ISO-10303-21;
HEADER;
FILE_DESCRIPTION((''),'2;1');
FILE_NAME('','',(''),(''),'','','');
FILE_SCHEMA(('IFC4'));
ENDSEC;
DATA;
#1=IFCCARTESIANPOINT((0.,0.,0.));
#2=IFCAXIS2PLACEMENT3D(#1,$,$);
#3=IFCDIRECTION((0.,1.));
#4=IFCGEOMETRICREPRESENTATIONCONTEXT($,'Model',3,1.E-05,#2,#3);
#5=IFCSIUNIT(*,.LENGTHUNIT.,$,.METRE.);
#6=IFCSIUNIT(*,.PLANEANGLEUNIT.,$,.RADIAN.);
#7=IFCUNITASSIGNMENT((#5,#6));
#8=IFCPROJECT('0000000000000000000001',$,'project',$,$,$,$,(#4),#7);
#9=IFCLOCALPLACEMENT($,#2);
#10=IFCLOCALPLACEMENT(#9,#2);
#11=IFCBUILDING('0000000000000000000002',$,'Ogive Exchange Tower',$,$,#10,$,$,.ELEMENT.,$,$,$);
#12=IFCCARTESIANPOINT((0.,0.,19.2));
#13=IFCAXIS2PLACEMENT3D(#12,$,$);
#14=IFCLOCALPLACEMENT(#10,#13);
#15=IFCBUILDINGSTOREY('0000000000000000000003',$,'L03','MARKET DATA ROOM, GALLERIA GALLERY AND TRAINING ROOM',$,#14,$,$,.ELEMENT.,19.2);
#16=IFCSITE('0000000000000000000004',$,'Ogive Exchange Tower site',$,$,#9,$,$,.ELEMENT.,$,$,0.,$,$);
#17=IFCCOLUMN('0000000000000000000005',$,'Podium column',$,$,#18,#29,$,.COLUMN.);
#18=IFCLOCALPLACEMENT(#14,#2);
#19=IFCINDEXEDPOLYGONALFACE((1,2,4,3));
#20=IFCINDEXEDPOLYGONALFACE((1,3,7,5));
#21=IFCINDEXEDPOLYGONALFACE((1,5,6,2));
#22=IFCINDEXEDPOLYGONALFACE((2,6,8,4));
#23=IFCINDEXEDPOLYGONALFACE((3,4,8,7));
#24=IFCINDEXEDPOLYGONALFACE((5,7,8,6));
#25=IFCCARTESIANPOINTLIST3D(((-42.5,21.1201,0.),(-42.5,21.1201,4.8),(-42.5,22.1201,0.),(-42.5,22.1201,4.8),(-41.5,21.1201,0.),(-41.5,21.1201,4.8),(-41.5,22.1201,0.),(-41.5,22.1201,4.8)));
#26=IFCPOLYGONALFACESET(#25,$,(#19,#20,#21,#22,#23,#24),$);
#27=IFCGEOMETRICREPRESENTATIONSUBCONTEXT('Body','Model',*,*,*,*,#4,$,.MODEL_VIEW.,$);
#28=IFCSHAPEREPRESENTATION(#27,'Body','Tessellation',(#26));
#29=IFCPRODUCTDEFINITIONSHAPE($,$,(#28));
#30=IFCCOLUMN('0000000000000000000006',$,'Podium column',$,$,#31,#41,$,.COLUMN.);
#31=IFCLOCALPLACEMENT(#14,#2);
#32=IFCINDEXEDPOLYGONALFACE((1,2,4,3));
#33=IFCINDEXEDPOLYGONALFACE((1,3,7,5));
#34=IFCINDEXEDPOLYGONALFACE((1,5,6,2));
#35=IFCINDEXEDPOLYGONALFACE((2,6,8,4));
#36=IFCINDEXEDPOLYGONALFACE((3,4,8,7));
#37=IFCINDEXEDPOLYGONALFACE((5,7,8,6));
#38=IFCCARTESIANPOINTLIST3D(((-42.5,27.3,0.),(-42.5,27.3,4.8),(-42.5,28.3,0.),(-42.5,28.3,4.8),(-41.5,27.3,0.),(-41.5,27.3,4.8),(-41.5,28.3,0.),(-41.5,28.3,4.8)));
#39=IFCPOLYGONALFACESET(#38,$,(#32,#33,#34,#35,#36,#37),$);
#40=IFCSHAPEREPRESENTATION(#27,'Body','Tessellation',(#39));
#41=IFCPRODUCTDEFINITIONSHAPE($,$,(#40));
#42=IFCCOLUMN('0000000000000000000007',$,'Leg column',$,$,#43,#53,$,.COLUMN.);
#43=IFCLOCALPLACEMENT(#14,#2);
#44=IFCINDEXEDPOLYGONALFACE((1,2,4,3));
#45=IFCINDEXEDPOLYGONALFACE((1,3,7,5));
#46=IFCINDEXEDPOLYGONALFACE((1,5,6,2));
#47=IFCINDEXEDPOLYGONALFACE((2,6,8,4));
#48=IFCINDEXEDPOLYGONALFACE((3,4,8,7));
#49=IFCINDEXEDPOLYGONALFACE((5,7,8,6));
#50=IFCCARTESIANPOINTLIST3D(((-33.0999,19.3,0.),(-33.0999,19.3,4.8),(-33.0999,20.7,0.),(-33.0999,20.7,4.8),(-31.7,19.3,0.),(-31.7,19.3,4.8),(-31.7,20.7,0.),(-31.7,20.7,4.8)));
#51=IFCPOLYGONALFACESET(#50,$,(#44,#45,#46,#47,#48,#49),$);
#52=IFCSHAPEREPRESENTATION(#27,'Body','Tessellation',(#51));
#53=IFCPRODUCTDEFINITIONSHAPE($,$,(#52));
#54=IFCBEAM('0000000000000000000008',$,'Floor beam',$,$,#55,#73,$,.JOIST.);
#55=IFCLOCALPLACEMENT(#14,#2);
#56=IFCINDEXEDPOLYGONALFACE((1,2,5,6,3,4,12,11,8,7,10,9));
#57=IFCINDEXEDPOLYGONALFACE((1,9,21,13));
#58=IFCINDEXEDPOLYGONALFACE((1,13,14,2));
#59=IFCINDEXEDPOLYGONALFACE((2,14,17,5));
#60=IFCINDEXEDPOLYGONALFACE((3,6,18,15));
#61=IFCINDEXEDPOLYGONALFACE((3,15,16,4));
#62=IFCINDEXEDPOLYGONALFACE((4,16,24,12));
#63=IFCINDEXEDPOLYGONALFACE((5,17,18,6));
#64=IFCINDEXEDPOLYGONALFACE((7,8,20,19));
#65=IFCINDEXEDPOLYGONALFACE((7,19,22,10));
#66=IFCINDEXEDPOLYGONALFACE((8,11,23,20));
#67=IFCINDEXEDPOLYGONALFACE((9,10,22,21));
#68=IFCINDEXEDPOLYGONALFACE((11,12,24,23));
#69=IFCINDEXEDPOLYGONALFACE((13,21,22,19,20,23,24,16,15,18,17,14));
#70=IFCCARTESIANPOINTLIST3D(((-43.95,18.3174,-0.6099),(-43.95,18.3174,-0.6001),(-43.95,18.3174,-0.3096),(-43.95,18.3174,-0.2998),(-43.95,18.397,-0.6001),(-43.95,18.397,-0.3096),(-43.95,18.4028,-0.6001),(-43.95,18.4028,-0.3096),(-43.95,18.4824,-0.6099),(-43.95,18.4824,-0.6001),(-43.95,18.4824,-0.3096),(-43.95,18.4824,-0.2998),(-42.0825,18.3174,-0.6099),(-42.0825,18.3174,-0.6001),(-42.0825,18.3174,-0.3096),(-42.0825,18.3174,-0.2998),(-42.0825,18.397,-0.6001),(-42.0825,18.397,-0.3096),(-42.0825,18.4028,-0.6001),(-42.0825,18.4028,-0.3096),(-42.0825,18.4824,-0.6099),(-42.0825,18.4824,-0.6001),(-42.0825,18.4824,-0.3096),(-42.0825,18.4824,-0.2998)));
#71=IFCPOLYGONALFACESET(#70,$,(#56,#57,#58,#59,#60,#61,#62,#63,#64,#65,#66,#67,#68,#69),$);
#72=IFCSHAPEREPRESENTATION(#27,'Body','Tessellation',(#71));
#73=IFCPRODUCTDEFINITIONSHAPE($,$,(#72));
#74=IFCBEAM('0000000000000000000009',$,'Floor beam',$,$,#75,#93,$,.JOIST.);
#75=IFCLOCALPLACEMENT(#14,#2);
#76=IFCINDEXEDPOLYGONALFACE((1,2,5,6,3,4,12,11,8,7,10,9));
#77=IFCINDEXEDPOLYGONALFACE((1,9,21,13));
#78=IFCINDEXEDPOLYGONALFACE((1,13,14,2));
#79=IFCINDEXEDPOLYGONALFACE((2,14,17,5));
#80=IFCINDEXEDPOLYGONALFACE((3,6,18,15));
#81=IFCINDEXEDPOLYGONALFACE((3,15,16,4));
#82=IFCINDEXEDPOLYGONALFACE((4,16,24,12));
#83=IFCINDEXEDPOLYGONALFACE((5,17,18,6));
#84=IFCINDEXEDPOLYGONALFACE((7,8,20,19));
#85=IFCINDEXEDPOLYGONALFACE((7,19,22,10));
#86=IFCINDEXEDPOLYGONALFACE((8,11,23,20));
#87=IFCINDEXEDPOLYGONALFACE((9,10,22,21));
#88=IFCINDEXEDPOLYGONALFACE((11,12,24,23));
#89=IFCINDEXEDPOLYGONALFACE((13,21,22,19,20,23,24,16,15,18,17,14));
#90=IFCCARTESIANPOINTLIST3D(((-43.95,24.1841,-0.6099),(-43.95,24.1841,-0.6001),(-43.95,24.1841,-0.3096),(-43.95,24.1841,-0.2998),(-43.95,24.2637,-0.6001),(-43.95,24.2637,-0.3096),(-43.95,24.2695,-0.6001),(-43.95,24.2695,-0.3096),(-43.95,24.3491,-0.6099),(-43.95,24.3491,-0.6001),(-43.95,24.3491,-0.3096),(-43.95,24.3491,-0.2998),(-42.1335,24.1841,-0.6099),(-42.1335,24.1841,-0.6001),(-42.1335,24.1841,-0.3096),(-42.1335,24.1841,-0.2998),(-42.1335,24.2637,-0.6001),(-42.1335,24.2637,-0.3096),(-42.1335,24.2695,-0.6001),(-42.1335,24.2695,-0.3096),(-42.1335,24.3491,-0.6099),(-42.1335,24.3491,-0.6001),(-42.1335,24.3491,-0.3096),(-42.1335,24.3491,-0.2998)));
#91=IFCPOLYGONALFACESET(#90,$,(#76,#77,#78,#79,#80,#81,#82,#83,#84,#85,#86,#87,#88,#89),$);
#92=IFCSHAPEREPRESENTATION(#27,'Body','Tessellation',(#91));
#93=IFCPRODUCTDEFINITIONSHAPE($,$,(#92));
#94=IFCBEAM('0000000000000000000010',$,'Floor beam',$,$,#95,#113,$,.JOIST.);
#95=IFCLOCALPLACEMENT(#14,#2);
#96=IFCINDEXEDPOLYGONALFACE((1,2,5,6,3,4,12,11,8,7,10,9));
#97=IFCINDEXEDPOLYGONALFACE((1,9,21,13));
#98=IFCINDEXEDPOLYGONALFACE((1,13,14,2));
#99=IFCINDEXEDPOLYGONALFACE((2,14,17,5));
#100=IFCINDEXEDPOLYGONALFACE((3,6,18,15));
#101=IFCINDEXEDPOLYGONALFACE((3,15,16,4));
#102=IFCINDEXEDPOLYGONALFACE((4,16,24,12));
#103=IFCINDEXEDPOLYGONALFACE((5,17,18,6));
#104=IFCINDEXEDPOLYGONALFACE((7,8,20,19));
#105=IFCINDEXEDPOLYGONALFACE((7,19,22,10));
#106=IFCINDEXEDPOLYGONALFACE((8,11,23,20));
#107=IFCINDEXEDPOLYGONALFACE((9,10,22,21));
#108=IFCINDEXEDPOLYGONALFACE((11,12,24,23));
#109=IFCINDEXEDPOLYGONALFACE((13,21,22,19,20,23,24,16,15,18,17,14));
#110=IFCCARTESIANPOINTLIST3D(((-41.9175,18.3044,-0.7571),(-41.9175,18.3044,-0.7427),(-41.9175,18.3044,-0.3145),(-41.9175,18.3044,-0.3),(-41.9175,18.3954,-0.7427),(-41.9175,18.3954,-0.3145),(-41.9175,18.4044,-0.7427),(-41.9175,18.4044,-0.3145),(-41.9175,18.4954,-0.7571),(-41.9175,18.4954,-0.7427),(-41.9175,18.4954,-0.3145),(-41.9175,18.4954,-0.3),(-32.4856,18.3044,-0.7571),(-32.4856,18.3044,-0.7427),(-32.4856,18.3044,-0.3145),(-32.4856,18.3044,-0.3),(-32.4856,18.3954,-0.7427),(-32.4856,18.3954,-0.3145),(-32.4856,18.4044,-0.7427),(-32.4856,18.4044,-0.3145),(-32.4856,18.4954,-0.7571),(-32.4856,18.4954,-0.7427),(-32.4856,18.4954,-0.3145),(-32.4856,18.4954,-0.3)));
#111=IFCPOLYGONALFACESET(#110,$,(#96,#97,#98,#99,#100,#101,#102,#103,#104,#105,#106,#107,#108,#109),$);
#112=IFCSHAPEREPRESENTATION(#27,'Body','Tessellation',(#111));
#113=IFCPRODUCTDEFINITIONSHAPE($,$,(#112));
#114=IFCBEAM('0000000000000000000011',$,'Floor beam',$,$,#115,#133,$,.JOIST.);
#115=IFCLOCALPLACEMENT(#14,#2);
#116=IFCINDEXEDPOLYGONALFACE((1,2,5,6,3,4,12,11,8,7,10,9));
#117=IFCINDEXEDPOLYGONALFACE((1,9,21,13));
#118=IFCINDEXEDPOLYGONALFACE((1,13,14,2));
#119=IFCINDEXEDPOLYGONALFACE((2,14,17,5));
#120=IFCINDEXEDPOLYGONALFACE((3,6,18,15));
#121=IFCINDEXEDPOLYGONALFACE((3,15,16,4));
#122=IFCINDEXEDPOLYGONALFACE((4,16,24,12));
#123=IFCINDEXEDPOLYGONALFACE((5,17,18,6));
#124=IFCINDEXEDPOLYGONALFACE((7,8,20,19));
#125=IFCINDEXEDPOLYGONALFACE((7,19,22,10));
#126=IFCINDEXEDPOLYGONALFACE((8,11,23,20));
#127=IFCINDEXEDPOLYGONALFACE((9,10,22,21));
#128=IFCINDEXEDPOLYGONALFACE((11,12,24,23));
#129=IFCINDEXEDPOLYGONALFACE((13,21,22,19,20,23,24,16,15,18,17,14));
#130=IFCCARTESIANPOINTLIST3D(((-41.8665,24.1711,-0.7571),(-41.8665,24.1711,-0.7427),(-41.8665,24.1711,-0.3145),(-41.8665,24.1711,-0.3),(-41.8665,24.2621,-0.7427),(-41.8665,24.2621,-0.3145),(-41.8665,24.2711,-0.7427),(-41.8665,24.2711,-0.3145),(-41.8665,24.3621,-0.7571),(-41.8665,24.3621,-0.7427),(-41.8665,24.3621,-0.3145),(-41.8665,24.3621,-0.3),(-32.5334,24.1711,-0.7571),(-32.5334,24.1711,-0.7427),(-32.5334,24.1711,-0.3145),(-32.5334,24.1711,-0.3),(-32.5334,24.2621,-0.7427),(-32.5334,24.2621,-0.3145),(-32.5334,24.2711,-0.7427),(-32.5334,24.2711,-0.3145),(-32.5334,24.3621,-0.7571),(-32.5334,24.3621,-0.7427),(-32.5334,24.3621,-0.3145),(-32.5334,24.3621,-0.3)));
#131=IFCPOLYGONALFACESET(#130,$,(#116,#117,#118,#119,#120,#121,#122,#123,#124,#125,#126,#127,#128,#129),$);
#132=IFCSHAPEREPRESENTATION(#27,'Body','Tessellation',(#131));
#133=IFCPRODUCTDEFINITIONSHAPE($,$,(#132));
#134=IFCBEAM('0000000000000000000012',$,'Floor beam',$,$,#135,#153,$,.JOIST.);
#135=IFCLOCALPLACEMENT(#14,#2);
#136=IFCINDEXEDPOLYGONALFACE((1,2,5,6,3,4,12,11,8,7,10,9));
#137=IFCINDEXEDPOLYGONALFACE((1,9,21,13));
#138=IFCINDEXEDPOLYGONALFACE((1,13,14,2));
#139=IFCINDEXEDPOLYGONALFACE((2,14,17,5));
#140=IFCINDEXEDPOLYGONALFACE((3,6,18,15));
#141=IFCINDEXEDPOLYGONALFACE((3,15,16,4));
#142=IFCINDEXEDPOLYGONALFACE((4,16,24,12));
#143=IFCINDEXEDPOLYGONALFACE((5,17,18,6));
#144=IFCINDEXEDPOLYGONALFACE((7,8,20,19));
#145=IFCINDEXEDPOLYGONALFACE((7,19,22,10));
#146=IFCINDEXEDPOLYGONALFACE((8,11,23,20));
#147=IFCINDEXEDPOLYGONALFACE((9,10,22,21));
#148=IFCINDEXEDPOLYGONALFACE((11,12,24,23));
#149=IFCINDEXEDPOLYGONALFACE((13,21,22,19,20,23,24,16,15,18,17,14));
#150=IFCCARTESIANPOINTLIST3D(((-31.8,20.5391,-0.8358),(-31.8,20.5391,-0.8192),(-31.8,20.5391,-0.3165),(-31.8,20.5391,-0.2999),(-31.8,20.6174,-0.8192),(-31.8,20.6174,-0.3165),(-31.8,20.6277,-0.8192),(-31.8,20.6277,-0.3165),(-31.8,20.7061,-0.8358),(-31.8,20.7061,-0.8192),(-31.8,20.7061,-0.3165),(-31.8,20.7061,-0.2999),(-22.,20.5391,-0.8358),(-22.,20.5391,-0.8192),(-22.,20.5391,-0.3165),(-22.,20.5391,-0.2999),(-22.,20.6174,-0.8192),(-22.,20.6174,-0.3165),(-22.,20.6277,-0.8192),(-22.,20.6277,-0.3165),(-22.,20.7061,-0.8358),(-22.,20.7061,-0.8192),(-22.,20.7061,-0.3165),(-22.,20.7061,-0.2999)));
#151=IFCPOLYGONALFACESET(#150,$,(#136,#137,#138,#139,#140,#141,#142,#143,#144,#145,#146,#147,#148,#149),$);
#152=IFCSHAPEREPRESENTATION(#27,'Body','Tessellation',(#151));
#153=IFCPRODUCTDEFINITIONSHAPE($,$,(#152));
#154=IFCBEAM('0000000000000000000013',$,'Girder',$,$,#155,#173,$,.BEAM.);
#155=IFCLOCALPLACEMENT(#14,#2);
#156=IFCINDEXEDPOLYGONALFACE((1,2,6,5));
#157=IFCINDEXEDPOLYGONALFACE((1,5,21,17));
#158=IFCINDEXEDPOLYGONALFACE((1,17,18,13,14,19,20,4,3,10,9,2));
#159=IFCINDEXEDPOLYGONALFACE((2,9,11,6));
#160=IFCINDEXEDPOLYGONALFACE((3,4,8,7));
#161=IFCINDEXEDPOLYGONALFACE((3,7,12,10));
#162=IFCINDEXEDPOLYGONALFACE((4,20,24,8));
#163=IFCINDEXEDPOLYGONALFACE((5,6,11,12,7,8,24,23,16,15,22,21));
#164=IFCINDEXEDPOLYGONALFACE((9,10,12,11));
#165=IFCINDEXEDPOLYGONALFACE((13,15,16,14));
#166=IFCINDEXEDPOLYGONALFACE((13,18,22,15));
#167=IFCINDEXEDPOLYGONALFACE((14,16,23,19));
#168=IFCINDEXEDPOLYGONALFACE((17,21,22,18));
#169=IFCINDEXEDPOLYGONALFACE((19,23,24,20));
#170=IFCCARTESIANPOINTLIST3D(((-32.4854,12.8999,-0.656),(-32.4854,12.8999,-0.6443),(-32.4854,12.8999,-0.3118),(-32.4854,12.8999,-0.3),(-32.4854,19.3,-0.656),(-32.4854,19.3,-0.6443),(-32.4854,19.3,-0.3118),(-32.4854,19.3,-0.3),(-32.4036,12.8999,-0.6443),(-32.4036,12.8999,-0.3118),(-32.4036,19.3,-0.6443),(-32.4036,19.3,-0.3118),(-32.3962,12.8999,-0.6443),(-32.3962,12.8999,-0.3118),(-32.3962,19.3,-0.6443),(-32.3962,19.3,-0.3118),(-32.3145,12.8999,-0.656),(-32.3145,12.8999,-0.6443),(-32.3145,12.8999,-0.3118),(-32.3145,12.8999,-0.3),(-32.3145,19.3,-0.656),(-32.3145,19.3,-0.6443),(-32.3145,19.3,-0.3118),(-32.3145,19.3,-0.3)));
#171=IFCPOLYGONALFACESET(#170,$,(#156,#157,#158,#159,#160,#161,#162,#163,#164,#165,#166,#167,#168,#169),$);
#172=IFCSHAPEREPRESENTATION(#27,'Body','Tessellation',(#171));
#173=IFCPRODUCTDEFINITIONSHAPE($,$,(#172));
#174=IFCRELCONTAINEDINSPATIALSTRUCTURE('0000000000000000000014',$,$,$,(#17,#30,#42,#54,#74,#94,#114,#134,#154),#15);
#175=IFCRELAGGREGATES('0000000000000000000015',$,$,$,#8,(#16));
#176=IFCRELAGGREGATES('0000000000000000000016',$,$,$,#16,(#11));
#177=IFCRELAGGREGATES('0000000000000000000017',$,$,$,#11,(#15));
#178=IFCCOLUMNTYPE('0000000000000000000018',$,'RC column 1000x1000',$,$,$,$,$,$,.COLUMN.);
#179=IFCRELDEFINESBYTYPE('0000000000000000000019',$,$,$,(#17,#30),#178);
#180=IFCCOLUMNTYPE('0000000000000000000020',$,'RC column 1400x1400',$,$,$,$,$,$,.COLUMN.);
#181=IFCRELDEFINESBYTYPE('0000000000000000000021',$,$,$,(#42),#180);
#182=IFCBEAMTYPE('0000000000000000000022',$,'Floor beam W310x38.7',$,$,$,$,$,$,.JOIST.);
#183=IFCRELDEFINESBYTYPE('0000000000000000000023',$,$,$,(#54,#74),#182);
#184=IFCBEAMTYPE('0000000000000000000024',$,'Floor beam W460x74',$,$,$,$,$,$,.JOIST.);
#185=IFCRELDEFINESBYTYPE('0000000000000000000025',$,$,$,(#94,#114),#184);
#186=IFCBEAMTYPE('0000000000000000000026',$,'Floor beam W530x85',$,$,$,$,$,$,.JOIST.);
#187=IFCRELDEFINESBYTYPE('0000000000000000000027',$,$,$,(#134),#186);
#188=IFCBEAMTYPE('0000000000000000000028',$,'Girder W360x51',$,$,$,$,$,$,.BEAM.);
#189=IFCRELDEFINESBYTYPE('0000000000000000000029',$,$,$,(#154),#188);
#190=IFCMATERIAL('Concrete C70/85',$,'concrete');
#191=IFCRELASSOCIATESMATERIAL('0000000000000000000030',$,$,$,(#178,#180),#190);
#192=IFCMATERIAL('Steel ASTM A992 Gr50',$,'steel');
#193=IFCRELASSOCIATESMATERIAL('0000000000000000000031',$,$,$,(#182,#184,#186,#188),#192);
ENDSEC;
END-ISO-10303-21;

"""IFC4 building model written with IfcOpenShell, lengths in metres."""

from ifc_helpers import new_model, si_unit, direction, frame, origin, origin_2d, place, context, subcontext, project, spatial, rectangle, i_section, extrude, material, material_profile, profile_set, type_object, element, save


model = new_model("IFC4")

# Units and contexts
model_context = context("Model", 3, precision=1e-05, world=origin(), true_north=direction((0.0, 1.0)))
body_context = subcontext(model_context, "Body", "Model", "MODEL_VIEW")
ifc_project = project(units=[si_unit("LENGTHUNIT", "METRE"), si_unit("PLANEANGLEUNIT", "RADIAN")], contexts=[model_context])

# Site, building, storey
site_placement = place(None, origin())
site = spatial("IfcSite", under=ifc_project, at=site_placement, Name="Ogive Exchange Tower site", CompositionType="ELEMENT", RefElevation=0.0)
building_placement = place(site_placement, origin())
building = spatial("IfcBuilding", under=site, at=building_placement, Name="Ogive Exchange Tower", CompositionType="ELEMENT")
storey_placement = place(building_placement, frame((0.0, 0.0, 19.2)))
storey = spatial("IfcBuildingStorey", under=building, at=storey_placement, Name="L03", Description="MARKET DATA ROOM, GALLERIA GALLERY AND TRAINING ROOM", CompositionType="ELEMENT", Elevation=19.2)

# Columns
ifc_material_1 = material(Name="Concrete C70/85", Category="concrete")
ifc_material_profile_1 = material_profile(ifc_material_1, rectangle(XDim=1.0, YDim=1.0, at=origin_2d()), Name="RC 1000x1000")
ifc_profile_set_1 = profile_set([ifc_material_profile_1], Name="Concrete C70/85")
column_type_1 = type_object("IfcColumnType", Name="RC column 1000x1000", PredefinedType="COLUMN", material=ifc_profile_set_1)
for number, where, z_axis, x_axis, name in (
    (1, (-42.0, 21.6201, 0.0), (0.0, 0.0, 1.0), (1.0, 0.0, 0.0), "Podium column"),
    (2, (-42.0, 27.8, 0.0), (0.0, 0.0, 1.0), (1.0, 0.0, 0.0), "Podium column"),
):
    element("IfcColumn", number, at=place(storey_placement, frame(where, z_axis=z_axis, x_axis=x_axis)), inside=storey, type_object=column_type_1, Name=name, PredefinedType="COLUMN", context=body_context, shape_type="SweptSolid", body=[
        extrude(rectangle(XDim=1.0, YDim=1.0, at=origin_2d()), origin(), (0.0, 0.0, 1.0), 4.8),
    ])
ifc_material_profile_2 = material_profile(ifc_material_1, rectangle(XDim=1.3999, YDim=1.3999, at=origin_2d()), Name="RC 1400x1400")
ifc_profile_set_2 = profile_set([ifc_material_profile_2], Name="Concrete C70/85")
column_type_2 = type_object("IfcColumnType", Name="RC column 1400x1400", PredefinedType="COLUMN", material=ifc_profile_set_2)
column_placement = place(storey_placement, frame((-32.3999, 20.0, 0.0), z_axis=(0.0, 0.0, 1.0), x_axis=(1.0, 0.0, 0.0)))
element("IfcColumn", 3, at=column_placement, inside=storey, type_object=column_type_2, Name="Leg column", PredefinedType="COLUMN", context=body_context, shape_type="SweptSolid", body=[
    extrude(rectangle(XDim=1.3999, YDim=1.3999, at=origin_2d()), origin(), (0.0, 0.0, 1.0), 4.8),
])

# Beams
ifc_material_2 = material(Name="Steel ASTM A992 Gr50", Category="steel")
ifc_material_profile_3 = material_profile(ifc_material_2, i_section(OverallWidth=0.165, OverallDepth=0.3101, WebThickness=0.0059, FlangeThickness=0.0098, at=origin_2d()), Name="W310x38.7")
ifc_profile_set_3 = profile_set([ifc_material_profile_3], Name="Steel ASTM A992 Gr50")
beam_type_1 = type_object("IfcBeamType", Name="Floor beam W310x38.7", PredefinedType="JOIST", material=ifc_profile_set_3)
beam_1_placement = place(storey_placement, frame((-43.95, 18.3999, -0.4548), z_axis=(1.0, 0.0, 0.0), x_axis=(0.0, 1.0, 0.0)))
element("IfcBeam", 4, at=beam_1_placement, inside=storey, type_object=beam_type_1, Name="Floor beam", PredefinedType="JOIST", context=body_context, shape_type="SweptSolid", body=[
    extrude(i_section(OverallWidth=0.165, OverallDepth=0.3101, WebThickness=0.0059, FlangeThickness=0.0098, at=origin_2d()), origin(), (0.0, 0.0, 1.0), 1.8674),
])
beam_2_placement = place(storey_placement, frame((-43.95, 24.2666, -0.4548), z_axis=(1.0, 0.0, 0.0), x_axis=(0.0, 1.0, 0.0)))
element("IfcBeam", 5, at=beam_2_placement, inside=storey, type_object=beam_type_1, Name="Floor beam", PredefinedType="JOIST", context=body_context, shape_type="SweptSolid", body=[
    extrude(i_section(OverallWidth=0.165, OverallDepth=0.3101, WebThickness=0.0059, FlangeThickness=0.0098, at=origin_2d()), origin(), (0.0, 0.0, 1.0), 1.8164),
])
ifc_material_profile_4 = material_profile(ifc_material_2, i_section(OverallWidth=0.1909, OverallDepth=0.457, WebThickness=0.009, FlangeThickness=0.0144, at=origin_2d()), Name="W460x74")
ifc_profile_set_4 = profile_set([ifc_material_profile_4], Name="Steel ASTM A992 Gr50")
beam_type_2 = type_object("IfcBeamType", Name="Floor beam W460x74", PredefinedType="JOIST", material=ifc_profile_set_4)
beam_3_placement = place(storey_placement, frame((-41.9175, 18.3999, -0.5286), z_axis=(1.0, 0.0, 0.0), x_axis=(0.0, 1.0, 0.0)))
element("IfcBeam", 6, at=beam_3_placement, inside=storey, type_object=beam_type_2, Name="Floor beam", PredefinedType="JOIST", context=body_context, shape_type="SweptSolid", body=[
    extrude(i_section(OverallWidth=0.1909, OverallDepth=0.457, WebThickness=0.009, FlangeThickness=0.0144, at=origin_2d()), origin(), (0.0, 0.0, 1.0), 9.4319),
])
beam_4_placement = place(storey_placement, frame((-41.8665, 24.2666, -0.5286), z_axis=(1.0, 0.0, 0.0), x_axis=(0.0, 1.0, 0.0)))
element("IfcBeam", 7, at=beam_4_placement, inside=storey, type_object=beam_type_2, Name="Floor beam", PredefinedType="JOIST", context=body_context, shape_type="SweptSolid", body=[
    extrude(i_section(OverallWidth=0.1909, OverallDepth=0.457, WebThickness=0.009, FlangeThickness=0.0144, at=origin_2d()), origin(), (0.0, 0.0, 1.0), 9.333),
])
ifc_material_profile_5 = material_profile(ifc_material_2, i_section(OverallWidth=0.167, OverallDepth=0.5359, WebThickness=0.0103, FlangeThickness=0.0166, at=origin_2d()), Name="W530x85")
ifc_profile_set_5 = profile_set([ifc_material_profile_5], Name="Steel ASTM A992 Gr50")
beam_type_3 = type_object("IfcBeamType", Name="Floor beam W530x85", PredefinedType="JOIST", material=ifc_profile_set_5)
beam_5_placement = place(storey_placement, frame((-31.8, 20.6226, -0.5679), z_axis=(1.0, 0.0, 0.0), x_axis=(0.0, 1.0, 0.0)))
element("IfcBeam", 8, at=beam_5_placement, inside=storey, type_object=beam_type_3, Name="Floor beam", PredefinedType="JOIST", context=body_context, shape_type="SweptSolid", body=[
    extrude(i_section(OverallWidth=0.167, OverallDepth=0.5359, WebThickness=0.0103, FlangeThickness=0.0166, at=origin_2d()), origin(), (0.0, 0.0, 1.0), 9.8),
])
ifc_material_profile_6 = material_profile(ifc_material_2, i_section(OverallWidth=0.1709, OverallDepth=0.356, WebThickness=0.0073, FlangeThickness=0.0117, at=origin_2d()), Name="W360x51")
ifc_profile_set_6 = profile_set([ifc_material_profile_6], Name="Steel ASTM A992 Gr50")
beam_type_4 = type_object("IfcBeamType", Name="Girder W360x51", PredefinedType="BEAM", material=ifc_profile_set_6)
beam_6_placement = place(storey_placement, frame((-32.3999, 19.3, -0.478), z_axis=(0.0, -1.0, 0.0), x_axis=(1.0, 0.0, 0.0)))
element("IfcBeam", 9, at=beam_6_placement, inside=storey, type_object=beam_type_4, Name="Girder", PredefinedType="BEAM", context=body_context, shape_type="SweptSolid", body=[
    extrude(i_section(OverallWidth=0.1709, OverallDepth=0.356, WebThickness=0.0073, FlangeThickness=0.0117, at=origin_2d()), origin(), (0.0, 0.0, 1.0), 6.4001),
])

save(model, "model.ifc")
